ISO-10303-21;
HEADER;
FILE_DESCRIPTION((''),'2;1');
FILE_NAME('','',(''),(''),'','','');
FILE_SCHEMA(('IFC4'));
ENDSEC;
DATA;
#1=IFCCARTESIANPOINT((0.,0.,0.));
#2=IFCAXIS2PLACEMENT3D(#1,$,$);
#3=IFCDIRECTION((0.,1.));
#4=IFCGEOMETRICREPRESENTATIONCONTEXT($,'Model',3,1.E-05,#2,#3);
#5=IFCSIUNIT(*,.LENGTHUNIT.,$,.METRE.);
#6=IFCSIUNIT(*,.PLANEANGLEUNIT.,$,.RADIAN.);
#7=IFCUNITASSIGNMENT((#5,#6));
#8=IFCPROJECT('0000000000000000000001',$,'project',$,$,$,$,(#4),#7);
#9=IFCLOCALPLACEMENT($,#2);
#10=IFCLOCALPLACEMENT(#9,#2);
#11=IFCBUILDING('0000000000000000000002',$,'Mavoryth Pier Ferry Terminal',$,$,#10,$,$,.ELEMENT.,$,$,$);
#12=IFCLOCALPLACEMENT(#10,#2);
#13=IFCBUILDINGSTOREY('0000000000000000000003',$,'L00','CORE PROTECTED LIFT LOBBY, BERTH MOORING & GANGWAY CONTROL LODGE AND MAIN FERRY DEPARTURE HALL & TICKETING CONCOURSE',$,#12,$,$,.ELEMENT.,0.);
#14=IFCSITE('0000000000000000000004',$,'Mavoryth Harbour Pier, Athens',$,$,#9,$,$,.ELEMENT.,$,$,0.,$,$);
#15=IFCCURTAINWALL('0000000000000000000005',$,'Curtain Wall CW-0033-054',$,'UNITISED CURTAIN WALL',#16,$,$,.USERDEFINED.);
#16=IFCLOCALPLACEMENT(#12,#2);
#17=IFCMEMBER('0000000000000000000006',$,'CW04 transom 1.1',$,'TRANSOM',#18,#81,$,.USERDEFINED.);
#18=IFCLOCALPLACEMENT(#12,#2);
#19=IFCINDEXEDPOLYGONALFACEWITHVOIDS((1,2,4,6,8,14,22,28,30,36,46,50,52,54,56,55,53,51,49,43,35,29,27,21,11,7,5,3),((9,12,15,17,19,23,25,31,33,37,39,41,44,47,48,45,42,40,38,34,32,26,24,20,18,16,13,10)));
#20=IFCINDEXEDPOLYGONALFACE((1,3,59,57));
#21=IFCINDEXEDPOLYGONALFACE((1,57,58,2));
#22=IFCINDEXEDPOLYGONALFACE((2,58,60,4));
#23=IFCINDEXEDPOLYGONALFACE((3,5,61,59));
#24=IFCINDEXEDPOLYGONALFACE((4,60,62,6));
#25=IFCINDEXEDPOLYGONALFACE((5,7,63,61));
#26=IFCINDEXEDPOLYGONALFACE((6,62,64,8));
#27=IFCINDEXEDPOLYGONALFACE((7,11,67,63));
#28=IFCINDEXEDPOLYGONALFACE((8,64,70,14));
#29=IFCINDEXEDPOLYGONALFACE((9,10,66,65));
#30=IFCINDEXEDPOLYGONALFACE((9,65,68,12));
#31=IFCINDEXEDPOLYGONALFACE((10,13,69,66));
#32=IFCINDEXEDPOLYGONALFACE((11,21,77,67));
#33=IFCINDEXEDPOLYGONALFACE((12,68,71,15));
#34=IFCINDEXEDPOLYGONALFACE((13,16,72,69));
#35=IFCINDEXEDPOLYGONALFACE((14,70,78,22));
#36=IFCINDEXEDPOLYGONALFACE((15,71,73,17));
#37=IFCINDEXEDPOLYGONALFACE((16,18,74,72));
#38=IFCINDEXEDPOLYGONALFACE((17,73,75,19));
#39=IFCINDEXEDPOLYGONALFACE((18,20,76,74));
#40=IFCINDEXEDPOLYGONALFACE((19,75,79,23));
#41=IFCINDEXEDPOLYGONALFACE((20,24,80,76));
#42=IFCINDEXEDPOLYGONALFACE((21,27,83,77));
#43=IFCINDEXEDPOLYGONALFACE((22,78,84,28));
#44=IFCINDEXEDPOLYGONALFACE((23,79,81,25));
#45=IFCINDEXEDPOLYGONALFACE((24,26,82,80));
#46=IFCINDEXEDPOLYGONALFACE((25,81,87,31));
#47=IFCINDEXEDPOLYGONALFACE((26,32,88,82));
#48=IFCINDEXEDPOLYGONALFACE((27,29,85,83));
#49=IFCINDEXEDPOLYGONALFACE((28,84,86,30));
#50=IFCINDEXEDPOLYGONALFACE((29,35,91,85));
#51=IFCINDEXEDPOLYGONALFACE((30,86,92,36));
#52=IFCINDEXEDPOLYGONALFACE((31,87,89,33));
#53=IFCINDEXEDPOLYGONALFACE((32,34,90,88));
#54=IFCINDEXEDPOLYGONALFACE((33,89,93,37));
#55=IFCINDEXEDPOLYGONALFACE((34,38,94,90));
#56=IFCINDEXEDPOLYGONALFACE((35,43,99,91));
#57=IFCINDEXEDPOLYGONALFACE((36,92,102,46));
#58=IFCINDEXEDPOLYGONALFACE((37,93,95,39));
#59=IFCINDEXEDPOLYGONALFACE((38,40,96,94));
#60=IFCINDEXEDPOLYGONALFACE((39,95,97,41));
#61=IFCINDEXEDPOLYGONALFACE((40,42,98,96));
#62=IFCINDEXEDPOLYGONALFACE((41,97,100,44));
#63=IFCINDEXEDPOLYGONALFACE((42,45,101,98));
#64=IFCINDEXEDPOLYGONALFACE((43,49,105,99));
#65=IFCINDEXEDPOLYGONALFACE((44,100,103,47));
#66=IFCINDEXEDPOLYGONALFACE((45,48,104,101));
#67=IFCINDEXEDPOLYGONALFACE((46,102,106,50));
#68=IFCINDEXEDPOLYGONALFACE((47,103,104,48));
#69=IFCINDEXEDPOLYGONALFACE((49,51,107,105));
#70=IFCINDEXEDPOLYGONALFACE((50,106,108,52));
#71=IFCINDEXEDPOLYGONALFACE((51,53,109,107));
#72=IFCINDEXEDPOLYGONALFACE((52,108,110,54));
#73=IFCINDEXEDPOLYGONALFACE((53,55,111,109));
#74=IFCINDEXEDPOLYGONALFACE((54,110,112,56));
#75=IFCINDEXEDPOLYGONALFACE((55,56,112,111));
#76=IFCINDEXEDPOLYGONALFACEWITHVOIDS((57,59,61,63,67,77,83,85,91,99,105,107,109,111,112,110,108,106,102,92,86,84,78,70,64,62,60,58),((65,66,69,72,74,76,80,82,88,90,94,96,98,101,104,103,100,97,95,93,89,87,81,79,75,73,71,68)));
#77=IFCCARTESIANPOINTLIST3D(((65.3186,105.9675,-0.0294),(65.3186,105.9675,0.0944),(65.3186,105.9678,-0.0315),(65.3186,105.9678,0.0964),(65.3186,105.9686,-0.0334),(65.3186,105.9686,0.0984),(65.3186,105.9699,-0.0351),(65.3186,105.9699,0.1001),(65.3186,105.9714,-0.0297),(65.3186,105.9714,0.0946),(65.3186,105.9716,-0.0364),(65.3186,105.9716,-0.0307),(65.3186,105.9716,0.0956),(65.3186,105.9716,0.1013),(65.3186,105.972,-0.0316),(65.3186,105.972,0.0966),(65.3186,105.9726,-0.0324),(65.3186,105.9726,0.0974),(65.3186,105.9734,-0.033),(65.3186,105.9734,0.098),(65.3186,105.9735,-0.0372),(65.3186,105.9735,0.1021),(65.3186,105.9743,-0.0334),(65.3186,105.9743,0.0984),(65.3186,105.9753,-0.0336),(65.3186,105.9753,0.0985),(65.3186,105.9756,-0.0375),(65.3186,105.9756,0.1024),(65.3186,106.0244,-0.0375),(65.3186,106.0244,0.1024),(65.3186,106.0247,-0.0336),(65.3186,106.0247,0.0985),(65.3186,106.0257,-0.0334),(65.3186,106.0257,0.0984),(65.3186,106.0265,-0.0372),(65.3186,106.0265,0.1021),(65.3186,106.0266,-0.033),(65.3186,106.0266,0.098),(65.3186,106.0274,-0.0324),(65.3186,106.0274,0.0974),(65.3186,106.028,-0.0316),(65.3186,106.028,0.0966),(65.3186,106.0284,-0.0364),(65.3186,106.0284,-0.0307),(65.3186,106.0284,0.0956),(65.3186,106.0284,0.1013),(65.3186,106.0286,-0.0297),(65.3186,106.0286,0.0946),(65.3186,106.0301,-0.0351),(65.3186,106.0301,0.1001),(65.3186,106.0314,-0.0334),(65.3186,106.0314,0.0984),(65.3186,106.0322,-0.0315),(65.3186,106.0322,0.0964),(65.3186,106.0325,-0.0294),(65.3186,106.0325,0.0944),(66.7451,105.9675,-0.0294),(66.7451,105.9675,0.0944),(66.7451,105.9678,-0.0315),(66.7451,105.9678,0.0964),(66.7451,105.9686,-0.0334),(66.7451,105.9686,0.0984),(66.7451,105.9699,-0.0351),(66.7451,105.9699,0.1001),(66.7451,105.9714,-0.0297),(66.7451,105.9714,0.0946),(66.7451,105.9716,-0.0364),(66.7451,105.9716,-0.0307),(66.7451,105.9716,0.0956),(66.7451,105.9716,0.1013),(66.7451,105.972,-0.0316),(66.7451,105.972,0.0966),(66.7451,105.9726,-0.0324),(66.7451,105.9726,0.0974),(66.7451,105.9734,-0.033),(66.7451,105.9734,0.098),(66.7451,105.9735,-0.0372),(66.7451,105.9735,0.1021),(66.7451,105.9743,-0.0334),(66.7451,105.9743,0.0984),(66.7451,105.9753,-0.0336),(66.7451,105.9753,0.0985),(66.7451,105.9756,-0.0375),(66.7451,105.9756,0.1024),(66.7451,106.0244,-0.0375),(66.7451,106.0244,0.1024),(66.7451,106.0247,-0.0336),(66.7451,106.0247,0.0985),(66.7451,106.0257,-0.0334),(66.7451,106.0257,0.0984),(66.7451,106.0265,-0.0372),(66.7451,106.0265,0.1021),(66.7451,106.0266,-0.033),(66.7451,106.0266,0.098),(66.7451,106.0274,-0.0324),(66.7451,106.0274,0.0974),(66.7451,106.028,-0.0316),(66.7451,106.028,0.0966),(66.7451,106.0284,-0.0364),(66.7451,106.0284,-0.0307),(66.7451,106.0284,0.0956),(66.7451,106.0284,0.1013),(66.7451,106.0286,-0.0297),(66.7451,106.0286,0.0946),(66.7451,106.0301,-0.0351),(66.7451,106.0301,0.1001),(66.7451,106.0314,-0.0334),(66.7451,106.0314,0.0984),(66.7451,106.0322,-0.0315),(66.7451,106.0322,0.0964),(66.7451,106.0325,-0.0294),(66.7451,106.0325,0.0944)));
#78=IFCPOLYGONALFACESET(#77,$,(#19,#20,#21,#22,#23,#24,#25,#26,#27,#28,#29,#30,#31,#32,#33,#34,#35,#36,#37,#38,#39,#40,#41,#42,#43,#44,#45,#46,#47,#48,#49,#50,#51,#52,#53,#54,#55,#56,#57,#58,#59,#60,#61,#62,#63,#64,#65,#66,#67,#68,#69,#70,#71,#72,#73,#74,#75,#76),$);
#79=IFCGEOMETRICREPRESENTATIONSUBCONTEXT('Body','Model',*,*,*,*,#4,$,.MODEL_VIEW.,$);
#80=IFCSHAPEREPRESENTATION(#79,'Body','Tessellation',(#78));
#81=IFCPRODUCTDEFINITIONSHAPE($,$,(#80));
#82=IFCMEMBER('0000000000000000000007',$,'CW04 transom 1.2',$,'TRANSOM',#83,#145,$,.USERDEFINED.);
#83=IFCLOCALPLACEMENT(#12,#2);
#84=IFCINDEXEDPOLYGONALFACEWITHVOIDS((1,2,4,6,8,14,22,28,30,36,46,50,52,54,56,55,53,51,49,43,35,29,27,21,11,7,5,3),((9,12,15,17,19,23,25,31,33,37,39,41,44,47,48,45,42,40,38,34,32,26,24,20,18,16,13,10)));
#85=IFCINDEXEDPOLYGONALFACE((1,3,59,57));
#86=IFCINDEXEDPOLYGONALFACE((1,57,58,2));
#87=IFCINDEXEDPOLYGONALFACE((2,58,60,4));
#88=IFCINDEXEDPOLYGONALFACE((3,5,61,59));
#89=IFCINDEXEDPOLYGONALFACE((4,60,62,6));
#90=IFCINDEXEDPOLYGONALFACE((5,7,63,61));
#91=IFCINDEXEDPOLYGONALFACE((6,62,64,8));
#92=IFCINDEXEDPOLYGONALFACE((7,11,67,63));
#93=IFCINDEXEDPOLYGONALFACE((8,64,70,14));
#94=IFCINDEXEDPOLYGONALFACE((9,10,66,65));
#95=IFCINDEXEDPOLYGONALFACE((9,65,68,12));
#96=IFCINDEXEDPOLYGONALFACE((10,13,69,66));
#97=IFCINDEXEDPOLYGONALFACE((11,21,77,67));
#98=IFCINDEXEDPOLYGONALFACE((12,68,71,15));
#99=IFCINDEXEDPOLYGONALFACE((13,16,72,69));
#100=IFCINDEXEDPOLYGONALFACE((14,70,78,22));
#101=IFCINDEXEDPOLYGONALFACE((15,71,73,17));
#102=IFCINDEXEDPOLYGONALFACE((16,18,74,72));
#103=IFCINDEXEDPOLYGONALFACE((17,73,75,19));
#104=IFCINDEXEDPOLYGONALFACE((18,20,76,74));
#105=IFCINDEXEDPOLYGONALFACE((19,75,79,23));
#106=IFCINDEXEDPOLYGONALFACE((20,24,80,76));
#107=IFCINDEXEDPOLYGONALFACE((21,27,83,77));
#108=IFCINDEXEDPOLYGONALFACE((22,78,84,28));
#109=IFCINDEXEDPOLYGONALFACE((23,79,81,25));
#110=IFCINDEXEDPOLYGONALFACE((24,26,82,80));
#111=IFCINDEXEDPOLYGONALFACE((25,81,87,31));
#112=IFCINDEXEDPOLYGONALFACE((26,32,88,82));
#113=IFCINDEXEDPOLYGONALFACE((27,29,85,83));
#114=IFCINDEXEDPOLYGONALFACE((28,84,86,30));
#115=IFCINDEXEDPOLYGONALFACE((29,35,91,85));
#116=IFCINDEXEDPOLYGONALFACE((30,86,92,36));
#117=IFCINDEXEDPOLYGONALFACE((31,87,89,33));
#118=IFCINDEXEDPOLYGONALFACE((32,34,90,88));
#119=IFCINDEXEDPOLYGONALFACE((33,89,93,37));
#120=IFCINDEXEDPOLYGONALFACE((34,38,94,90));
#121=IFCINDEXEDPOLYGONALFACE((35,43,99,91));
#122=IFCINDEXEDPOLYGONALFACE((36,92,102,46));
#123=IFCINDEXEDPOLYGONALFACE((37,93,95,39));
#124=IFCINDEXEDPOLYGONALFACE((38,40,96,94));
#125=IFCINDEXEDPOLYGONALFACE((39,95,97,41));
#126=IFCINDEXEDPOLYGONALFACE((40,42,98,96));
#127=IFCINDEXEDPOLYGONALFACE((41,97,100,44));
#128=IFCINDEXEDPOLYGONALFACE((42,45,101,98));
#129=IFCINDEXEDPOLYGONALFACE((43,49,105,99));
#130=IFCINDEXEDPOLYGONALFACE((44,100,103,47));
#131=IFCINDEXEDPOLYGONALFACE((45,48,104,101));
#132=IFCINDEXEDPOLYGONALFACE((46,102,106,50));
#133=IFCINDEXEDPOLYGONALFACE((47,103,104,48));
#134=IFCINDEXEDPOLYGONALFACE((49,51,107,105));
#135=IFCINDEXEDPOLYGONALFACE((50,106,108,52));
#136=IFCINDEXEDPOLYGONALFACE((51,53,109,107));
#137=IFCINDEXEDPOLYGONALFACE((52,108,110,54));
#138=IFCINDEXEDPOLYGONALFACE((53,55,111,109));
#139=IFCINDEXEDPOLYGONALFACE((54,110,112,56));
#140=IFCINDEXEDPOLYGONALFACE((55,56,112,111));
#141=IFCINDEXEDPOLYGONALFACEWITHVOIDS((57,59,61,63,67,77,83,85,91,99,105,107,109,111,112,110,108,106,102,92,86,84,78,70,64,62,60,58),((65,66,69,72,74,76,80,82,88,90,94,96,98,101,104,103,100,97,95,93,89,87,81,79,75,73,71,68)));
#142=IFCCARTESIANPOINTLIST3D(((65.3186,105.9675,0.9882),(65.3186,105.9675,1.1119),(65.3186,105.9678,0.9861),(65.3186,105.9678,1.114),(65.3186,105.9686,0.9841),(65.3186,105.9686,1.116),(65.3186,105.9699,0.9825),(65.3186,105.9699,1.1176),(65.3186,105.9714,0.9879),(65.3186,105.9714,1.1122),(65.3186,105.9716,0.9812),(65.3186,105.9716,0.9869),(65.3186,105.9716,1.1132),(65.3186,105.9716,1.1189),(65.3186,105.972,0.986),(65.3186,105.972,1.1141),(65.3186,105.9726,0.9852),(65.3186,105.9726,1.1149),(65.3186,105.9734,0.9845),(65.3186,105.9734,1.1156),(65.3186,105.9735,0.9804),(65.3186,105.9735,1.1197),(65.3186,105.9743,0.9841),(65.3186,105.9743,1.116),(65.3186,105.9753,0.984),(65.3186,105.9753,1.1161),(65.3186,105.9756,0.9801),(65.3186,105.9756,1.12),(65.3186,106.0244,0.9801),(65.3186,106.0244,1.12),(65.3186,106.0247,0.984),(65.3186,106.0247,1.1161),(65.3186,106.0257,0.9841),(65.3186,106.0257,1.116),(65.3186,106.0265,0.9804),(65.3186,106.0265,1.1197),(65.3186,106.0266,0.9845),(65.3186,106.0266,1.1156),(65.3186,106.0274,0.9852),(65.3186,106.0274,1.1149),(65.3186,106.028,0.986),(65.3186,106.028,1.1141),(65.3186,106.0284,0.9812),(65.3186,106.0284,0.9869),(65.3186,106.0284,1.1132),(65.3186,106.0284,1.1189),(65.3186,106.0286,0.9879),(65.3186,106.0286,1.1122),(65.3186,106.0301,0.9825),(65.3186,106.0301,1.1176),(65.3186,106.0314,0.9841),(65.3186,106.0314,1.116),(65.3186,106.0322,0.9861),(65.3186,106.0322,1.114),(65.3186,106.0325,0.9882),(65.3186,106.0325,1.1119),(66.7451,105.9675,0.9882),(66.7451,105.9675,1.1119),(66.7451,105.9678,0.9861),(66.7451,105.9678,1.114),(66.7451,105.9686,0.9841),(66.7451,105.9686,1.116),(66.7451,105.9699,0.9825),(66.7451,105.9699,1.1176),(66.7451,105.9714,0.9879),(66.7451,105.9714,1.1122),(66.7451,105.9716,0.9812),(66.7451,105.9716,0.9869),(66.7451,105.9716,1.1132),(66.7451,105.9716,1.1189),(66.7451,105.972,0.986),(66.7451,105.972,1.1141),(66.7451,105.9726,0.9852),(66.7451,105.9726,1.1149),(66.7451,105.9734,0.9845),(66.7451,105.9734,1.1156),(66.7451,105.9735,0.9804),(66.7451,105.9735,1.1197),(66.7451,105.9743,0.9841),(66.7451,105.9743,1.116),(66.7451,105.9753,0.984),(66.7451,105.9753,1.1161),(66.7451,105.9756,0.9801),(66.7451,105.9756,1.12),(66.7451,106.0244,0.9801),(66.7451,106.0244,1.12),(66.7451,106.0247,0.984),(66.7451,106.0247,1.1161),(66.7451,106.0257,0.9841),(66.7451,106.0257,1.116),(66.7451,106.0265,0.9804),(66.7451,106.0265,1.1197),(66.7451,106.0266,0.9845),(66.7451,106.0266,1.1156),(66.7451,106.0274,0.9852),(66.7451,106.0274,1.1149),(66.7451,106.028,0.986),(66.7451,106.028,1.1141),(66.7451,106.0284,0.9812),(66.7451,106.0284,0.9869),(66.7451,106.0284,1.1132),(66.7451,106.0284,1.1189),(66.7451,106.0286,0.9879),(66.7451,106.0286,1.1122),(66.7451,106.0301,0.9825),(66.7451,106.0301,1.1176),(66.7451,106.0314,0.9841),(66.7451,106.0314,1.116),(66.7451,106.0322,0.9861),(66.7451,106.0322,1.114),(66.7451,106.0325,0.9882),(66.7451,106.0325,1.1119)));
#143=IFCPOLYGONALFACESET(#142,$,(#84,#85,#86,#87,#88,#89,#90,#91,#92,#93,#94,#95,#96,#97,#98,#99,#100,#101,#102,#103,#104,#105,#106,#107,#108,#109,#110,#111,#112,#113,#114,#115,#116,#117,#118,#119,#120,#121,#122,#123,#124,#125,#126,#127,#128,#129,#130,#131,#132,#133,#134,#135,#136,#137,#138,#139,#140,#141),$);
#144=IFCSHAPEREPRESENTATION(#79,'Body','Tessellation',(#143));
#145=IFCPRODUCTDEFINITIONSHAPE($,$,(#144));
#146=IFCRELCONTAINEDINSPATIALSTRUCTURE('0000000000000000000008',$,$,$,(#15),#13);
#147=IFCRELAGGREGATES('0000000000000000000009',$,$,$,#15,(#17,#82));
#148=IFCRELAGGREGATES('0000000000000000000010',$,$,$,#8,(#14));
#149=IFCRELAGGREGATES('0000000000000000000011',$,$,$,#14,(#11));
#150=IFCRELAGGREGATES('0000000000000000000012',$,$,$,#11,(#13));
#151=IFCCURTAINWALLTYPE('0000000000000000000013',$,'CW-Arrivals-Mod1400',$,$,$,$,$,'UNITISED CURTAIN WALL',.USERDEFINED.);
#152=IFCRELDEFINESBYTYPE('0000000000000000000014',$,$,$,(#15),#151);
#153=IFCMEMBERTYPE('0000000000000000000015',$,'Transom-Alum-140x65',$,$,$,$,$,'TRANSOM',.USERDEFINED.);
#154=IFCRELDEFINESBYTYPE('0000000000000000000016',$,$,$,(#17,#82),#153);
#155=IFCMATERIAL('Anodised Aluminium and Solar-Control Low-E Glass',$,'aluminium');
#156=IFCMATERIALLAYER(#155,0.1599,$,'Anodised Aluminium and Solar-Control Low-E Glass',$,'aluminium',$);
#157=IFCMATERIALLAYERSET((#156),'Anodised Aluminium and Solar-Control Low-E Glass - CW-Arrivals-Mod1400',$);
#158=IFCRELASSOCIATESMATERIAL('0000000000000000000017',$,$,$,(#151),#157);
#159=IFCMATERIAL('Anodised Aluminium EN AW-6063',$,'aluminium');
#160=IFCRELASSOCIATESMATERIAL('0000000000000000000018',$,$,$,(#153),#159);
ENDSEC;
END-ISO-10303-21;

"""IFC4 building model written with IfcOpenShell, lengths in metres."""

from ifc_helpers import new_model, si_unit, direction, frame, origin, origin_2d, place, context, subcontext, project, spatial, hollow_rectangle, extrude, material, layer, layer_set, material_profile, profile_set, type_object, element, aggregate, save


model = new_model("IFC4")

# Units and contexts
model_context = context("Model", 3, precision=1e-05, world=origin(), true_north=direction((0.0, 1.0)))
body_context = subcontext(model_context, "Body", "Model", "MODEL_VIEW")
ifc_project = project(units=[si_unit("LENGTHUNIT", "METRE"), si_unit("PLANEANGLEUNIT", "RADIAN")], contexts=[model_context])

# Site, building, storey
site_placement = place(None, origin())
site = spatial("IfcSite", under=ifc_project, at=site_placement, Name="Mavoryth Harbour Pier, Athens", CompositionType="ELEMENT", RefElevation=0.0)
building_placement = place(site_placement, origin())
building = spatial("IfcBuilding", under=site, at=building_placement, Name="Mavoryth Pier Ferry Terminal", CompositionType="ELEMENT")
storey_placement = place(building_placement, origin())
storey = spatial("IfcBuildingStorey", under=building, at=storey_placement, Name="L00", Description="CORE PROTECTED LIFT LOBBY, BERTH MOORING & GANGWAY CONTROL LODGE AND MAIN FERRY DEPARTURE HALL & TICKETING CONCOURSE", CompositionType="ELEMENT", Elevation=0.0)

# Curtain wall
ifc_material_1 = material(Name="Anodised Aluminium and Solar-Control Low-E Glass", Category="aluminium")
ifc_layer_1 = layer(ifc_material_1, 0.1599, Name="Anodised Aluminium and Solar-Control Low-E Glass", Category="aluminium")
ifc_layer_set_1 = layer_set([ifc_layer_1], Name="Anodised Aluminium and Solar-Control Low-E Glass - CW-Arrivals-Mod1400")
curtain_wall_type = type_object("IfcCurtainWallType", Name="CW-Arrivals-Mod1400", ElementType="UNITISED CURTAIN WALL", PredefinedType="USERDEFINED", material=ifc_layer_set_1)
curtain_wall_1_placement = place(storey_placement, origin())
curtain_wall_1 = element("IfcCurtainWall", 1, at=curtain_wall_1_placement, inside=storey, type_object=curtain_wall_type, Name="Curtain Wall CW-0033-054", ObjectType="UNITISED CURTAIN WALL", PredefinedType="USERDEFINED")
ifc_material_2 = material(Name="Anodised Aluminium EN AW-6063", Category="aluminium")

# Members
ifc_material_profile_1 = material_profile(ifc_material_2, hollow_rectangle(XDim=0.0649, YDim=0.1399, WallThickness=0.0039, InnerFilletRadius=0.0039, OuterFilletRadius=0.0081, at=origin_2d()), Name="AL-TRAN 140x65x4", Category="aluminium")
ifc_profile_set_1 = profile_set([ifc_material_profile_1], Name="Anodised Aluminium EN AW-6063 - AL-TRAN 140x65x4")
member_type_1 = type_object("IfcMemberType", Name="Transom-Alum-140x65", ElementType="TRANSOM", PredefinedType="USERDEFINED", material=ifc_profile_set_1)
member_1_placement = place(storey_placement, frame((66.7451, 106.0, 0.0325), z_axis=(-1.0, 0.0, 0.0), x_axis=(0.0, -1.0, 0.0)))
member_1 = element("IfcMember", 2, at=member_1_placement, type_object=member_type_1, Name="CW04 transom 1.1", ObjectType="TRANSOM", PredefinedType="USERDEFINED", context=body_context, shape_type="SweptSolid", body=[
    extrude(hollow_rectangle(XDim=0.0649, YDim=0.1399, WallThickness=0.0039, InnerFilletRadius=0.0039, OuterFilletRadius=0.0081, at=origin_2d()), origin(), (0.0, 0.0, 1.0), 1.4265),
])
member_2_placement = place(storey_placement, frame((66.7451, 106.0, 1.05), z_axis=(-1.0, 0.0, 0.0), x_axis=(0.0, -1.0, 0.0)))
member_2 = element("IfcMember", 3, at=member_2_placement, type_object=member_type_1, Name="CW04 transom 1.2", ObjectType="TRANSOM", PredefinedType="USERDEFINED", context=body_context, shape_type="SweptSolid", body=[
    extrude(hollow_rectangle(XDim=0.0649, YDim=0.1399, WallThickness=0.0039, InnerFilletRadius=0.0039, OuterFilletRadius=0.0081, at=origin_2d()), origin(), (0.0, 0.0, 1.0), 1.4265),
])
aggregate(curtain_wall_1, [member_1, member_2])

save(model, "model.ifc")
